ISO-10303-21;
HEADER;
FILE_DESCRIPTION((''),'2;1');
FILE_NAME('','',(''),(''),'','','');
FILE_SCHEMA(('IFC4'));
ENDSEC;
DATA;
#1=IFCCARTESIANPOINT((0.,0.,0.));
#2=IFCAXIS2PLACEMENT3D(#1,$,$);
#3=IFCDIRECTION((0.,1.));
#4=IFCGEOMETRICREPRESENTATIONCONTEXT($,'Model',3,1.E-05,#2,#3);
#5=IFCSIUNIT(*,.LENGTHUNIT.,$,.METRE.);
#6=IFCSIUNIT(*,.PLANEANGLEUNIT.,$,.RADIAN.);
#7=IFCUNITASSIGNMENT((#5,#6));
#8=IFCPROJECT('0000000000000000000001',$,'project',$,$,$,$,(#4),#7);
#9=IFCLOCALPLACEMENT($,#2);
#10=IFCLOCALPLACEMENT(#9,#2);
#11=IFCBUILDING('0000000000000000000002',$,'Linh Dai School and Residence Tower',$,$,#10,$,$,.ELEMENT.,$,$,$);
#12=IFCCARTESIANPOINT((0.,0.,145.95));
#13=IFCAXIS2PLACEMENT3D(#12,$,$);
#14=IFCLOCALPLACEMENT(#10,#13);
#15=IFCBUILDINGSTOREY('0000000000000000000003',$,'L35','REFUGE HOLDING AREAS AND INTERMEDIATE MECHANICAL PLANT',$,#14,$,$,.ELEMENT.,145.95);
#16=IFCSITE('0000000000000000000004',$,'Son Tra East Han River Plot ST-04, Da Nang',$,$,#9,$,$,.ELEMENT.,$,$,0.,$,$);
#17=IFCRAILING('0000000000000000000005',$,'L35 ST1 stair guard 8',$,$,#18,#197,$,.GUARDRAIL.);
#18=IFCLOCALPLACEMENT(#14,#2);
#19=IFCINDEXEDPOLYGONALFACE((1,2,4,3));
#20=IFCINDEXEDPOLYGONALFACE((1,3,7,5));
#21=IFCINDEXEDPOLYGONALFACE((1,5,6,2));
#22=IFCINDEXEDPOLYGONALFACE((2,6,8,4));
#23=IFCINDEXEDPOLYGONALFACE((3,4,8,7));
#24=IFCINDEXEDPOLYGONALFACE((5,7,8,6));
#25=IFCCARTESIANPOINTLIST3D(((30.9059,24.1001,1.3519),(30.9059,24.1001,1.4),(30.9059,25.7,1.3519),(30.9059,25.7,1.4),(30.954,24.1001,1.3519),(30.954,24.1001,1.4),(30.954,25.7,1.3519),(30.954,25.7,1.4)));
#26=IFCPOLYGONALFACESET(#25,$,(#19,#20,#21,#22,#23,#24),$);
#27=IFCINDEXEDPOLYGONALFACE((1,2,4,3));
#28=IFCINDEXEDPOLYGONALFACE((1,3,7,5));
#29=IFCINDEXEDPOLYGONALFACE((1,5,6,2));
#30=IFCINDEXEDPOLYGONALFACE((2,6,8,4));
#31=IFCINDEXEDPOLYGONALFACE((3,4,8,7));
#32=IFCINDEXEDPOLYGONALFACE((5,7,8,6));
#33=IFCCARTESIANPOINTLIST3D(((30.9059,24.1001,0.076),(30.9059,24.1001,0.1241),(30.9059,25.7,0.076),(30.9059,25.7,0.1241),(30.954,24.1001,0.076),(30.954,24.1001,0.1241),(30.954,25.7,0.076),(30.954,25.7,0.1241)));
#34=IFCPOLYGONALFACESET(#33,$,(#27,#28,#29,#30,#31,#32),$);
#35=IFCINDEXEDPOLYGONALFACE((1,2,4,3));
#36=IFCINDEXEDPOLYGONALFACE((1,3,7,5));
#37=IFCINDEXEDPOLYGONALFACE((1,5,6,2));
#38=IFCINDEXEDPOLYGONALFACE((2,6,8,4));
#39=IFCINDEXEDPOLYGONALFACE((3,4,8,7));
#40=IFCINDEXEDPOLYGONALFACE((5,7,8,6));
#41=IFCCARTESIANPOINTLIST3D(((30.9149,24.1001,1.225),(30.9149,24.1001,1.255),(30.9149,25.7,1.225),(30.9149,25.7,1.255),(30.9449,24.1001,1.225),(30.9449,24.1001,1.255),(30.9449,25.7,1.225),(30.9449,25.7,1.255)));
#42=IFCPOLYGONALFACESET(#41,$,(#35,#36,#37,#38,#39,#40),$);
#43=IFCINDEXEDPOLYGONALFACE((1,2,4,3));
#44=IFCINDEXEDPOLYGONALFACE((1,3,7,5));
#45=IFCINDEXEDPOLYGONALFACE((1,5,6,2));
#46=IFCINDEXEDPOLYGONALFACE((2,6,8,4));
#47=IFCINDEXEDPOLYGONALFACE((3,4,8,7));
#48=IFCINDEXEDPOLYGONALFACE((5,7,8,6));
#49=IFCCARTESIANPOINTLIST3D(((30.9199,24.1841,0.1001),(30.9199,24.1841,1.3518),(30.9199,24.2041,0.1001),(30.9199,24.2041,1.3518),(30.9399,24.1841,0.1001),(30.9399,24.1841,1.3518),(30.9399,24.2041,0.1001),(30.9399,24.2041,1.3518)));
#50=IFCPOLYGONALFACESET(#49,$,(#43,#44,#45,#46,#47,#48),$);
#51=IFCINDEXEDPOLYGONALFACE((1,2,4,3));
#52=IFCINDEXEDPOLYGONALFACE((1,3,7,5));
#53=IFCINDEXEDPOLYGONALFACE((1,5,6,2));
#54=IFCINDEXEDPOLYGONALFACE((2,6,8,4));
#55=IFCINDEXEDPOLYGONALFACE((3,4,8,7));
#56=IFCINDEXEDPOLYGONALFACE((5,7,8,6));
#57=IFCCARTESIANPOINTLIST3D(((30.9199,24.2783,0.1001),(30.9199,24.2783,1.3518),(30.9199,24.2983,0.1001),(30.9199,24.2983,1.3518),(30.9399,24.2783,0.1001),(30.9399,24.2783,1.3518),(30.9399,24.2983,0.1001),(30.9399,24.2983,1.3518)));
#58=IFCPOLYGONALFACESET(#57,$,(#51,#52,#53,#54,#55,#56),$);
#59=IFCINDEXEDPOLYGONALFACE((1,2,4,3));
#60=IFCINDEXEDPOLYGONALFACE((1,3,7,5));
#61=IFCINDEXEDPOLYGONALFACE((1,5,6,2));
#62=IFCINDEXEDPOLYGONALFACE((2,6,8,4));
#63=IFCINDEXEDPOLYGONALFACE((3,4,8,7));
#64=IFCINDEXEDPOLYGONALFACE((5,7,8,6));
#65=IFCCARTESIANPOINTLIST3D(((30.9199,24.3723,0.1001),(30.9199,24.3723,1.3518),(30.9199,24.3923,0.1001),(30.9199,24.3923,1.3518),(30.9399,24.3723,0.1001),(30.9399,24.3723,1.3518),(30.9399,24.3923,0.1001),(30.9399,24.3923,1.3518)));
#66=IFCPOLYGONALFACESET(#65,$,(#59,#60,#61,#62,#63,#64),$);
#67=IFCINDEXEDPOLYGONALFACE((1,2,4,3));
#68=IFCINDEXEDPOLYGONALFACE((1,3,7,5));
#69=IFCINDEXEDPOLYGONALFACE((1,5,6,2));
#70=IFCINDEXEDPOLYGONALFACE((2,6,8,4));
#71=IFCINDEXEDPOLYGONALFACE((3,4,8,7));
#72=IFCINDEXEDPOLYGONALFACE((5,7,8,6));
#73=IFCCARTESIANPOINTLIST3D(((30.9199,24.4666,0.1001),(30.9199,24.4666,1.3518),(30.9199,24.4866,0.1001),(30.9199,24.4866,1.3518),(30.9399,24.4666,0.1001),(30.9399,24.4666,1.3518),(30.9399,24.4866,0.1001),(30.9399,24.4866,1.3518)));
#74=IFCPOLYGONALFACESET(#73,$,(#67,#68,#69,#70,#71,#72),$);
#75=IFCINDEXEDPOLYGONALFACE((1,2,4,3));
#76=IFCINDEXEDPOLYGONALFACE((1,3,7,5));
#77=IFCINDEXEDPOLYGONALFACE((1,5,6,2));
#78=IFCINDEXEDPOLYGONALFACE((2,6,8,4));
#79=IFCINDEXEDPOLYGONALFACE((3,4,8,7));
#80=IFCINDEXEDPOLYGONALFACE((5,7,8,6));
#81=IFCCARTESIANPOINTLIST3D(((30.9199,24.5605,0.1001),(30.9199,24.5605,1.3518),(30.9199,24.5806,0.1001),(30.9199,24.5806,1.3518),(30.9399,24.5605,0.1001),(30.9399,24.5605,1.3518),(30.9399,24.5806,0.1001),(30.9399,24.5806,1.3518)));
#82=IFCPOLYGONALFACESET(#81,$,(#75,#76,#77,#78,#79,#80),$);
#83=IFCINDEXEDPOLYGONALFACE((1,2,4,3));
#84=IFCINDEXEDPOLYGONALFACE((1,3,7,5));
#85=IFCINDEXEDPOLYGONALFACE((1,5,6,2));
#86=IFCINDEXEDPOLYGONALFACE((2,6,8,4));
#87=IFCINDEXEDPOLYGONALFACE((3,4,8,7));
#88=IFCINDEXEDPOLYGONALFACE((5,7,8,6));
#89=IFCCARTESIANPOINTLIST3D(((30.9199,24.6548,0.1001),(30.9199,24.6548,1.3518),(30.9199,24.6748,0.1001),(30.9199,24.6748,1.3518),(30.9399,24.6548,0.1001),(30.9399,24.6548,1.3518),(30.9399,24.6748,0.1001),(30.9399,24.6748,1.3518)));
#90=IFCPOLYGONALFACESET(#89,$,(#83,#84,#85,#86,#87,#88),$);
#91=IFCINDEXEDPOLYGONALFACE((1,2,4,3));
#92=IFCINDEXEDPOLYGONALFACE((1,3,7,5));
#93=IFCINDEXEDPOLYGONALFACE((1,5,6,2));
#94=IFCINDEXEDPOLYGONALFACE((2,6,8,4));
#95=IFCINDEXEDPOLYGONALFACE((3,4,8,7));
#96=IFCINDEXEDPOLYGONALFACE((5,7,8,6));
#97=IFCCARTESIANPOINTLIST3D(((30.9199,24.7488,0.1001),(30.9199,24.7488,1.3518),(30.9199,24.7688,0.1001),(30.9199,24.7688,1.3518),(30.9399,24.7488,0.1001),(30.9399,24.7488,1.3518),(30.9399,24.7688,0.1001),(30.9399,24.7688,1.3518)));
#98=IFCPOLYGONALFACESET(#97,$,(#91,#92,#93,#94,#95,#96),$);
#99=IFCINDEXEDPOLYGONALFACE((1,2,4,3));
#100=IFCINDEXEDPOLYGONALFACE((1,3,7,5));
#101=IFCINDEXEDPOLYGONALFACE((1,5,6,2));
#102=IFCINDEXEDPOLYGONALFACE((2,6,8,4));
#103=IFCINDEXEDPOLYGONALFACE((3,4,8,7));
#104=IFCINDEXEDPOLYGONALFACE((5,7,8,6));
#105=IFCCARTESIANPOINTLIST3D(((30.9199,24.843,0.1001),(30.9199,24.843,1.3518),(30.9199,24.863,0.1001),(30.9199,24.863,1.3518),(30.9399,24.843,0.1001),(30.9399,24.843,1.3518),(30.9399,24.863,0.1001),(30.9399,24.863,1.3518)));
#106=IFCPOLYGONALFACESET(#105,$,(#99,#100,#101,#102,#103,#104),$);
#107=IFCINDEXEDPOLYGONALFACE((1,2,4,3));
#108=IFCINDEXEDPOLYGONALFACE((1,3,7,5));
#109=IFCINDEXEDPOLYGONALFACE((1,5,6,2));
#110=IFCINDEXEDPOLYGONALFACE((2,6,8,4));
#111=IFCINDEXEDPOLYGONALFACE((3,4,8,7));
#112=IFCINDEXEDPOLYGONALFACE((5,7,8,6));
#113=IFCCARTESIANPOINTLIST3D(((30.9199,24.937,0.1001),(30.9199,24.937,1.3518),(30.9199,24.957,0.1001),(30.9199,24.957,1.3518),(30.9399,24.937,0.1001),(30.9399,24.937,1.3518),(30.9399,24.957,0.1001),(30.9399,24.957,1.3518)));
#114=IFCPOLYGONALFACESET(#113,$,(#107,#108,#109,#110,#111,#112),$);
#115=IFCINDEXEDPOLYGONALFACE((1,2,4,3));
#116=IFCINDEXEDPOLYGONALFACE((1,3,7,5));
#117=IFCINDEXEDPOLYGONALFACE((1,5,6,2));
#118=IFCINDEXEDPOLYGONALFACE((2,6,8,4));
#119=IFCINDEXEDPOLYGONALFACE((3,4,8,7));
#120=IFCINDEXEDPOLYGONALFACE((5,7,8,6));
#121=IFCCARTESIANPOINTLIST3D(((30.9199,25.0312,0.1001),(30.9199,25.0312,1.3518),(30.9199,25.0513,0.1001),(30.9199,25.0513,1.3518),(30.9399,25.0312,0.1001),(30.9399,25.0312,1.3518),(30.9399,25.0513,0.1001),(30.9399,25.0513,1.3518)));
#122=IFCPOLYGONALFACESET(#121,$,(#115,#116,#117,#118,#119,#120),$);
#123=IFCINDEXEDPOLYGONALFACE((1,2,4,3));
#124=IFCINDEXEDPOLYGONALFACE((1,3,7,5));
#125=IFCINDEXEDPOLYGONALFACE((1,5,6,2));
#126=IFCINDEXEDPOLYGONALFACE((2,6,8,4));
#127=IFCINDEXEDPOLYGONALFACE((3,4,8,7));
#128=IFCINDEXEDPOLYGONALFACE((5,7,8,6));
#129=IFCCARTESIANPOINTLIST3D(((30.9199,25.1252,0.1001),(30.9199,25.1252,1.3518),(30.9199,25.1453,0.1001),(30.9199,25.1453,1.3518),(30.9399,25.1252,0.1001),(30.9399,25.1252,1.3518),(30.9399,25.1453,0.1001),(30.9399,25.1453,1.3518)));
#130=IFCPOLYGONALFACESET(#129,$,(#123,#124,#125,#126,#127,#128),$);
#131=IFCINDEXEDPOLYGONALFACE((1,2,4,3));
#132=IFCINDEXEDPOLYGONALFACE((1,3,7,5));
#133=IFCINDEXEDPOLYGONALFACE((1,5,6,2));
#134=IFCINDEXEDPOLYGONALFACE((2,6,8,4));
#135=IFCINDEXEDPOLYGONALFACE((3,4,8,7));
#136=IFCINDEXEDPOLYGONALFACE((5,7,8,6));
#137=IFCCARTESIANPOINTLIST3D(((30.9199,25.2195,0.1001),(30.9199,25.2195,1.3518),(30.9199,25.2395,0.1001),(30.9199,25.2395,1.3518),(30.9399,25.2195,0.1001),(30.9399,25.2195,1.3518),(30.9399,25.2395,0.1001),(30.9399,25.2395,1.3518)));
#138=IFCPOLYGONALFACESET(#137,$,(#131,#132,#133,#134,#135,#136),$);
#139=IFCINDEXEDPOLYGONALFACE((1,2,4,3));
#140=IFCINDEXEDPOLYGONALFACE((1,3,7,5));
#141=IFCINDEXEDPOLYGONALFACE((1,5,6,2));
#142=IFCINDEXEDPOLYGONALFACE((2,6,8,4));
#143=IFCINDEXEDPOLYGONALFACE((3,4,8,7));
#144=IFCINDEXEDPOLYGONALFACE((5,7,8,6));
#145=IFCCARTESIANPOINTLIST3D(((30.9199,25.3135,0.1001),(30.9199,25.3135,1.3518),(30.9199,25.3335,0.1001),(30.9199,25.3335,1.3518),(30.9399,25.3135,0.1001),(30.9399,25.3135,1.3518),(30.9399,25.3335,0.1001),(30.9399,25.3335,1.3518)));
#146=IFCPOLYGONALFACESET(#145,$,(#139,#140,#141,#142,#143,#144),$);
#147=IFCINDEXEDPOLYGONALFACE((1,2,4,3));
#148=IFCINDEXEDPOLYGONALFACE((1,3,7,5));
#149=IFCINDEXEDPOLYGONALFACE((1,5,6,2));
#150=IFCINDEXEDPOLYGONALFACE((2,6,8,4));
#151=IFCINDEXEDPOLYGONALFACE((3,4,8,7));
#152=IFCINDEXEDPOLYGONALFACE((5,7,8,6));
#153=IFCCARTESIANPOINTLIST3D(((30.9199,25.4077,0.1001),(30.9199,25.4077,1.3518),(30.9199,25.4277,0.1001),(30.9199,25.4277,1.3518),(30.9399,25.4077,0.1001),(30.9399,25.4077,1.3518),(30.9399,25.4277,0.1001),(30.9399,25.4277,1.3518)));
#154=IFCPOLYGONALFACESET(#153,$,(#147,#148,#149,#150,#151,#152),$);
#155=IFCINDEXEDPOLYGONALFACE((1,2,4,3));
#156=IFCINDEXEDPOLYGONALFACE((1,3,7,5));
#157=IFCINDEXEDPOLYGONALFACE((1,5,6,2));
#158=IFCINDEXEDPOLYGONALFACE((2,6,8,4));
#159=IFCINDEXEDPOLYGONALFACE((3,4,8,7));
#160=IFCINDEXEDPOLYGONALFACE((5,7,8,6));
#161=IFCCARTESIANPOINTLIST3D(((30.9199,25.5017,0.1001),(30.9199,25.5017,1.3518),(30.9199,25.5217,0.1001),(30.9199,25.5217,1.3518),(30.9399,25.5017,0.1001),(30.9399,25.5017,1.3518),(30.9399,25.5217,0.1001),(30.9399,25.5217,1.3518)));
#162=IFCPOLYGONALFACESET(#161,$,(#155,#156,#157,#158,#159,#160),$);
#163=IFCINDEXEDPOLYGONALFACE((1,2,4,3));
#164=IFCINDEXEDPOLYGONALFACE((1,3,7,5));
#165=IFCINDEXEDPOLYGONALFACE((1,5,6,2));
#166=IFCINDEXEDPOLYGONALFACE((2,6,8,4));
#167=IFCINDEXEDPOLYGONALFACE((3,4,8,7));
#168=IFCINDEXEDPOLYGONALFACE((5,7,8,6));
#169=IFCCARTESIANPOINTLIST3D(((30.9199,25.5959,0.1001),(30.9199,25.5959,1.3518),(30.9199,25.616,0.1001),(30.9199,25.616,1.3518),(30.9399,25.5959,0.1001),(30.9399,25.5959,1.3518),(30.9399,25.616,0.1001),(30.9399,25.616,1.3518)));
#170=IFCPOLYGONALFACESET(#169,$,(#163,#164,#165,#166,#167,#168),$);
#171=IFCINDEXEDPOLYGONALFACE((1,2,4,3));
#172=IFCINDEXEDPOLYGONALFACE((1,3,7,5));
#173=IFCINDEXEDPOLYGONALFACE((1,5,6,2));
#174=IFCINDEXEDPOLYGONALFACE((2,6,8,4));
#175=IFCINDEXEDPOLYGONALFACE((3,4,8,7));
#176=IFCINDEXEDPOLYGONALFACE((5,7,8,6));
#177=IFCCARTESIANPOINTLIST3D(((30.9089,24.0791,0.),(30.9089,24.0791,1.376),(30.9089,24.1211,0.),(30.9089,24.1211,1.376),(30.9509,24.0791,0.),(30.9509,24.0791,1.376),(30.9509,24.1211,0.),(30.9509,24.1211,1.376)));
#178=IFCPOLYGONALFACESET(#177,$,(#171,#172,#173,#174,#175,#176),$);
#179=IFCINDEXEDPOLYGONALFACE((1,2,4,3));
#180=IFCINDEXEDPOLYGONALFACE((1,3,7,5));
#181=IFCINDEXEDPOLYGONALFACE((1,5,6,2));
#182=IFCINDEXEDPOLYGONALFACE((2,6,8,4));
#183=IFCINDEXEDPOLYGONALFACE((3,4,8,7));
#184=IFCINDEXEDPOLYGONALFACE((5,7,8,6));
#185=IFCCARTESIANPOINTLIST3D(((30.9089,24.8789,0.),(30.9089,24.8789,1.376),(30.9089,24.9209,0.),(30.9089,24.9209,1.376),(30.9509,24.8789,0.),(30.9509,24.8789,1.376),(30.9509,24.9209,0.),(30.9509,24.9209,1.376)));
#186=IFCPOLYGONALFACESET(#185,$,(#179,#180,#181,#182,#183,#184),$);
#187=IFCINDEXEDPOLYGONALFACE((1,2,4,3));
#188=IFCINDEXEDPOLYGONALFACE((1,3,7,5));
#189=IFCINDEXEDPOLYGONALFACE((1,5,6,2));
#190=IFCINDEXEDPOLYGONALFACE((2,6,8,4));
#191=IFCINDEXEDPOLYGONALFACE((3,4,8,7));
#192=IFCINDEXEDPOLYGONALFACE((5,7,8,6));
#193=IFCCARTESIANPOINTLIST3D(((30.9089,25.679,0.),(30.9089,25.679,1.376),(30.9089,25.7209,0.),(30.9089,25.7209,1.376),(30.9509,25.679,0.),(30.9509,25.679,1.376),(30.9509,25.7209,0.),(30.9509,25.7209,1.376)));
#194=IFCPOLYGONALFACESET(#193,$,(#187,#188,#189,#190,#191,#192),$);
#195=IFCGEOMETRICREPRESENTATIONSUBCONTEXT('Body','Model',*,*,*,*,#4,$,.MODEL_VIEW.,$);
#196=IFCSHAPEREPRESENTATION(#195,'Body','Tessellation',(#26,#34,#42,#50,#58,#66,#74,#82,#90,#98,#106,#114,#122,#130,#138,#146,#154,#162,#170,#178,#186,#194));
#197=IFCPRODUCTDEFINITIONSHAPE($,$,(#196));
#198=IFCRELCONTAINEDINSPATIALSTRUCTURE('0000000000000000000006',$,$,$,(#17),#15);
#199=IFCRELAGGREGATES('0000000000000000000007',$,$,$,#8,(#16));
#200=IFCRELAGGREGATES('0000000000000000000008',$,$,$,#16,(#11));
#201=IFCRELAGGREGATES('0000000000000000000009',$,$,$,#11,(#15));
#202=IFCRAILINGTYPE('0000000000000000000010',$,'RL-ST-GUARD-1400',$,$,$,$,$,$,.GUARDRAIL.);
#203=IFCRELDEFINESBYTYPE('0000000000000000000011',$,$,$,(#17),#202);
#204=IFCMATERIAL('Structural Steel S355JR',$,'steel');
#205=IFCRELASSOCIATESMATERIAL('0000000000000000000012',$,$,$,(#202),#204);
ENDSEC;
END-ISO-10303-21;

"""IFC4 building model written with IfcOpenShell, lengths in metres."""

from ifc_helpers import new_model, si_unit, direction, frame, origin, origin_2d, place, context, subcontext, project, spatial, rectangle, extrude, source, transform, mapped, material, type_object, element, save


model = new_model("IFC4")

# Units and contexts
model_context = context("Model", 3, precision=1e-05, world=origin(), true_north=direction((0.0, 1.0)))
body_context = subcontext(model_context, "Body", "Model", "MODEL_VIEW")
ifc_project = project(units=[si_unit("LENGTHUNIT", "METRE"), si_unit("PLANEANGLEUNIT", "RADIAN")], contexts=[model_context])

# Site, building, storey
site_placement = place(None, origin())
site = spatial("IfcSite", under=ifc_project, at=site_placement, Name="Son Tra East Han River Plot ST-04, Da Nang", CompositionType="ELEMENT", RefElevation=0.0)
building_placement = place(site_placement, origin())
building = spatial("IfcBuilding", under=site, at=building_placement, Name="Linh Dai School and Residence Tower", CompositionType="ELEMENT")
storey_placement = place(building_placement, frame((0.0, 0.0, 145.95)))
storey = spatial("IfcBuildingStorey", under=building, at=storey_placement, Name="L35", Description="REFUGE HOLDING AREAS AND INTERMEDIATE MECHANICAL PLANT", CompositionType="ELEMENT", Elevation=145.95)

# Shared definitions
ifc_material_1 = material(Name="Structural Steel S355JR", Category="steel")

# Railing
railing_type_1 = type_object("IfcRailingType", Name="RL-ST-GUARD-1400", PredefinedType="GUARDRAIL", material=ifc_material_1)
shared_shape_1 = source(origin(), body_context, "Body", "SweptSolid", [
    extrude(rectangle(XDim=0.0481, YDim=0.0481, at=origin_2d()), frame((0.0, 0.0, 1.376), z_axis=(0.0, 1.0, 0.0), x_axis=(-1.0, 0.0, 0.0)), (0.0, 0.0, 1.0), 1.5999),
    extrude(rectangle(XDim=0.0481, YDim=0.0481, at=origin_2d()), frame((0.0, 0.0, 0.1001), z_axis=(0.0, 1.0, 0.0), x_axis=(-1.0, 0.0, 0.0)), (0.0, 0.0, 1.0), 1.5999),
    extrude(rectangle(XDim=0.03, YDim=0.03, at=origin_2d()), frame((0.0, 0.0, 1.24), z_axis=(0.0, 1.0, 0.0), x_axis=(-1.0, 0.0, 0.0)), (0.0, 0.0, 1.0), 1.5999),
    extrude(rectangle(XDim=0.02, YDim=0.02, at=origin_2d()), frame((0.0, 0.094, 0.1001)), (0.0, 0.0, 1.0), 1.2517),
    extrude(rectangle(XDim=0.02, YDim=0.02, at=origin_2d()), frame((0.0, 0.1882, 0.1001)), (0.0, 0.0, 1.0), 1.2517),
    extrude(rectangle(XDim=0.02, YDim=0.02, at=origin_2d()), frame((0.0, 0.2822, 0.1001)), (0.0, 0.0, 1.0), 1.2517),
    extrude(rectangle(XDim=0.02, YDim=0.02, at=origin_2d()), frame((0.0, 0.3765, 0.1001)), (0.0, 0.0, 1.0), 1.2517),
    extrude(rectangle(XDim=0.02, YDim=0.02, at=origin_2d()), frame((0.0, 0.4705, 0.1001)), (0.0, 0.0, 1.0), 1.2517),
    extrude(rectangle(XDim=0.02, YDim=0.02, at=origin_2d()), frame((0.0, 0.5647, 0.1001)), (0.0, 0.0, 1.0), 1.2517),
    extrude(rectangle(XDim=0.02, YDim=0.02, at=origin_2d()), frame((0.0, 0.6587, 0.1001)), (0.0, 0.0, 1.0), 1.2517),
    extrude(rectangle(XDim=0.02, YDim=0.02, at=origin_2d()), frame((0.0, 0.7529, 0.1001)), (0.0, 0.0, 1.0), 1.2517),
    extrude(rectangle(XDim=0.02, YDim=0.02, at=origin_2d()), frame((0.0, 0.8469, 0.1001)), (0.0, 0.0, 1.0), 1.2517),
    extrude(rectangle(XDim=0.02, YDim=0.02, at=origin_2d()), frame((0.0, 0.9412, 0.1001)), (0.0, 0.0, 1.0), 1.2517),
    extrude(rectangle(XDim=0.02, YDim=0.02, at=origin_2d()), frame((0.0, 1.0352, 0.1001)), (0.0, 0.0, 1.0), 1.2517),
    extrude(rectangle(XDim=0.02, YDim=0.02, at=origin_2d()), frame((0.0, 1.1294, 0.1001)), (0.0, 0.0, 1.0), 1.2517),
    extrude(rectangle(XDim=0.02, YDim=0.02, at=origin_2d()), frame((0.0, 1.2234, 0.1001)), (0.0, 0.0, 1.0), 1.2517),
    extrude(rectangle(XDim=0.02, YDim=0.02, at=origin_2d()), frame((0.0, 1.3176, 0.1001)), (0.0, 0.0, 1.0), 1.2517),
    extrude(rectangle(XDim=0.02, YDim=0.02, at=origin_2d()), frame((0.0, 1.4116, 0.1001)), (0.0, 0.0, 1.0), 1.2517),
    extrude(rectangle(XDim=0.02, YDim=0.02, at=origin_2d()), frame((0.0, 1.5059, 0.1001)), (0.0, 0.0, 1.0), 1.2517),
    extrude(rectangle(XDim=0.042, YDim=0.042, at=origin_2d()), origin(), (0.0, 0.0, 1.0), 1.376),
    extrude(rectangle(XDim=0.042, YDim=0.042, at=origin_2d()), frame((0.0, 0.7998, 0.0)), (0.0, 0.0, 1.0), 1.376),
    extrude(rectangle(XDim=0.042, YDim=0.042, at=origin_2d()), frame((0.0, 1.5999, 0.0)), (0.0, 0.0, 1.0), 1.376),
])
for number, where, name in (
    (1, (30.9299, 24.1001, 0.0), "L35 ST1 stair guard 8"),
):
    element("IfcRailing", number, at=place(storey_placement, frame(where)), inside=storey, type_object=railing_type_1, Name=name, PredefinedType="GUARDRAIL", context=body_context, shape_type="MappedRepresentation", body=[
        mapped(shared_shape_1, transform((0.0, 0.0, 0.0), x_axis=(1.0, 0.0, 0.0), y_axis=(0.0, 1.0, 0.0), z_axis=(0.0, 0.0, 1.0), scale=1.0)),
    ])

save(model, "model.ifc")
